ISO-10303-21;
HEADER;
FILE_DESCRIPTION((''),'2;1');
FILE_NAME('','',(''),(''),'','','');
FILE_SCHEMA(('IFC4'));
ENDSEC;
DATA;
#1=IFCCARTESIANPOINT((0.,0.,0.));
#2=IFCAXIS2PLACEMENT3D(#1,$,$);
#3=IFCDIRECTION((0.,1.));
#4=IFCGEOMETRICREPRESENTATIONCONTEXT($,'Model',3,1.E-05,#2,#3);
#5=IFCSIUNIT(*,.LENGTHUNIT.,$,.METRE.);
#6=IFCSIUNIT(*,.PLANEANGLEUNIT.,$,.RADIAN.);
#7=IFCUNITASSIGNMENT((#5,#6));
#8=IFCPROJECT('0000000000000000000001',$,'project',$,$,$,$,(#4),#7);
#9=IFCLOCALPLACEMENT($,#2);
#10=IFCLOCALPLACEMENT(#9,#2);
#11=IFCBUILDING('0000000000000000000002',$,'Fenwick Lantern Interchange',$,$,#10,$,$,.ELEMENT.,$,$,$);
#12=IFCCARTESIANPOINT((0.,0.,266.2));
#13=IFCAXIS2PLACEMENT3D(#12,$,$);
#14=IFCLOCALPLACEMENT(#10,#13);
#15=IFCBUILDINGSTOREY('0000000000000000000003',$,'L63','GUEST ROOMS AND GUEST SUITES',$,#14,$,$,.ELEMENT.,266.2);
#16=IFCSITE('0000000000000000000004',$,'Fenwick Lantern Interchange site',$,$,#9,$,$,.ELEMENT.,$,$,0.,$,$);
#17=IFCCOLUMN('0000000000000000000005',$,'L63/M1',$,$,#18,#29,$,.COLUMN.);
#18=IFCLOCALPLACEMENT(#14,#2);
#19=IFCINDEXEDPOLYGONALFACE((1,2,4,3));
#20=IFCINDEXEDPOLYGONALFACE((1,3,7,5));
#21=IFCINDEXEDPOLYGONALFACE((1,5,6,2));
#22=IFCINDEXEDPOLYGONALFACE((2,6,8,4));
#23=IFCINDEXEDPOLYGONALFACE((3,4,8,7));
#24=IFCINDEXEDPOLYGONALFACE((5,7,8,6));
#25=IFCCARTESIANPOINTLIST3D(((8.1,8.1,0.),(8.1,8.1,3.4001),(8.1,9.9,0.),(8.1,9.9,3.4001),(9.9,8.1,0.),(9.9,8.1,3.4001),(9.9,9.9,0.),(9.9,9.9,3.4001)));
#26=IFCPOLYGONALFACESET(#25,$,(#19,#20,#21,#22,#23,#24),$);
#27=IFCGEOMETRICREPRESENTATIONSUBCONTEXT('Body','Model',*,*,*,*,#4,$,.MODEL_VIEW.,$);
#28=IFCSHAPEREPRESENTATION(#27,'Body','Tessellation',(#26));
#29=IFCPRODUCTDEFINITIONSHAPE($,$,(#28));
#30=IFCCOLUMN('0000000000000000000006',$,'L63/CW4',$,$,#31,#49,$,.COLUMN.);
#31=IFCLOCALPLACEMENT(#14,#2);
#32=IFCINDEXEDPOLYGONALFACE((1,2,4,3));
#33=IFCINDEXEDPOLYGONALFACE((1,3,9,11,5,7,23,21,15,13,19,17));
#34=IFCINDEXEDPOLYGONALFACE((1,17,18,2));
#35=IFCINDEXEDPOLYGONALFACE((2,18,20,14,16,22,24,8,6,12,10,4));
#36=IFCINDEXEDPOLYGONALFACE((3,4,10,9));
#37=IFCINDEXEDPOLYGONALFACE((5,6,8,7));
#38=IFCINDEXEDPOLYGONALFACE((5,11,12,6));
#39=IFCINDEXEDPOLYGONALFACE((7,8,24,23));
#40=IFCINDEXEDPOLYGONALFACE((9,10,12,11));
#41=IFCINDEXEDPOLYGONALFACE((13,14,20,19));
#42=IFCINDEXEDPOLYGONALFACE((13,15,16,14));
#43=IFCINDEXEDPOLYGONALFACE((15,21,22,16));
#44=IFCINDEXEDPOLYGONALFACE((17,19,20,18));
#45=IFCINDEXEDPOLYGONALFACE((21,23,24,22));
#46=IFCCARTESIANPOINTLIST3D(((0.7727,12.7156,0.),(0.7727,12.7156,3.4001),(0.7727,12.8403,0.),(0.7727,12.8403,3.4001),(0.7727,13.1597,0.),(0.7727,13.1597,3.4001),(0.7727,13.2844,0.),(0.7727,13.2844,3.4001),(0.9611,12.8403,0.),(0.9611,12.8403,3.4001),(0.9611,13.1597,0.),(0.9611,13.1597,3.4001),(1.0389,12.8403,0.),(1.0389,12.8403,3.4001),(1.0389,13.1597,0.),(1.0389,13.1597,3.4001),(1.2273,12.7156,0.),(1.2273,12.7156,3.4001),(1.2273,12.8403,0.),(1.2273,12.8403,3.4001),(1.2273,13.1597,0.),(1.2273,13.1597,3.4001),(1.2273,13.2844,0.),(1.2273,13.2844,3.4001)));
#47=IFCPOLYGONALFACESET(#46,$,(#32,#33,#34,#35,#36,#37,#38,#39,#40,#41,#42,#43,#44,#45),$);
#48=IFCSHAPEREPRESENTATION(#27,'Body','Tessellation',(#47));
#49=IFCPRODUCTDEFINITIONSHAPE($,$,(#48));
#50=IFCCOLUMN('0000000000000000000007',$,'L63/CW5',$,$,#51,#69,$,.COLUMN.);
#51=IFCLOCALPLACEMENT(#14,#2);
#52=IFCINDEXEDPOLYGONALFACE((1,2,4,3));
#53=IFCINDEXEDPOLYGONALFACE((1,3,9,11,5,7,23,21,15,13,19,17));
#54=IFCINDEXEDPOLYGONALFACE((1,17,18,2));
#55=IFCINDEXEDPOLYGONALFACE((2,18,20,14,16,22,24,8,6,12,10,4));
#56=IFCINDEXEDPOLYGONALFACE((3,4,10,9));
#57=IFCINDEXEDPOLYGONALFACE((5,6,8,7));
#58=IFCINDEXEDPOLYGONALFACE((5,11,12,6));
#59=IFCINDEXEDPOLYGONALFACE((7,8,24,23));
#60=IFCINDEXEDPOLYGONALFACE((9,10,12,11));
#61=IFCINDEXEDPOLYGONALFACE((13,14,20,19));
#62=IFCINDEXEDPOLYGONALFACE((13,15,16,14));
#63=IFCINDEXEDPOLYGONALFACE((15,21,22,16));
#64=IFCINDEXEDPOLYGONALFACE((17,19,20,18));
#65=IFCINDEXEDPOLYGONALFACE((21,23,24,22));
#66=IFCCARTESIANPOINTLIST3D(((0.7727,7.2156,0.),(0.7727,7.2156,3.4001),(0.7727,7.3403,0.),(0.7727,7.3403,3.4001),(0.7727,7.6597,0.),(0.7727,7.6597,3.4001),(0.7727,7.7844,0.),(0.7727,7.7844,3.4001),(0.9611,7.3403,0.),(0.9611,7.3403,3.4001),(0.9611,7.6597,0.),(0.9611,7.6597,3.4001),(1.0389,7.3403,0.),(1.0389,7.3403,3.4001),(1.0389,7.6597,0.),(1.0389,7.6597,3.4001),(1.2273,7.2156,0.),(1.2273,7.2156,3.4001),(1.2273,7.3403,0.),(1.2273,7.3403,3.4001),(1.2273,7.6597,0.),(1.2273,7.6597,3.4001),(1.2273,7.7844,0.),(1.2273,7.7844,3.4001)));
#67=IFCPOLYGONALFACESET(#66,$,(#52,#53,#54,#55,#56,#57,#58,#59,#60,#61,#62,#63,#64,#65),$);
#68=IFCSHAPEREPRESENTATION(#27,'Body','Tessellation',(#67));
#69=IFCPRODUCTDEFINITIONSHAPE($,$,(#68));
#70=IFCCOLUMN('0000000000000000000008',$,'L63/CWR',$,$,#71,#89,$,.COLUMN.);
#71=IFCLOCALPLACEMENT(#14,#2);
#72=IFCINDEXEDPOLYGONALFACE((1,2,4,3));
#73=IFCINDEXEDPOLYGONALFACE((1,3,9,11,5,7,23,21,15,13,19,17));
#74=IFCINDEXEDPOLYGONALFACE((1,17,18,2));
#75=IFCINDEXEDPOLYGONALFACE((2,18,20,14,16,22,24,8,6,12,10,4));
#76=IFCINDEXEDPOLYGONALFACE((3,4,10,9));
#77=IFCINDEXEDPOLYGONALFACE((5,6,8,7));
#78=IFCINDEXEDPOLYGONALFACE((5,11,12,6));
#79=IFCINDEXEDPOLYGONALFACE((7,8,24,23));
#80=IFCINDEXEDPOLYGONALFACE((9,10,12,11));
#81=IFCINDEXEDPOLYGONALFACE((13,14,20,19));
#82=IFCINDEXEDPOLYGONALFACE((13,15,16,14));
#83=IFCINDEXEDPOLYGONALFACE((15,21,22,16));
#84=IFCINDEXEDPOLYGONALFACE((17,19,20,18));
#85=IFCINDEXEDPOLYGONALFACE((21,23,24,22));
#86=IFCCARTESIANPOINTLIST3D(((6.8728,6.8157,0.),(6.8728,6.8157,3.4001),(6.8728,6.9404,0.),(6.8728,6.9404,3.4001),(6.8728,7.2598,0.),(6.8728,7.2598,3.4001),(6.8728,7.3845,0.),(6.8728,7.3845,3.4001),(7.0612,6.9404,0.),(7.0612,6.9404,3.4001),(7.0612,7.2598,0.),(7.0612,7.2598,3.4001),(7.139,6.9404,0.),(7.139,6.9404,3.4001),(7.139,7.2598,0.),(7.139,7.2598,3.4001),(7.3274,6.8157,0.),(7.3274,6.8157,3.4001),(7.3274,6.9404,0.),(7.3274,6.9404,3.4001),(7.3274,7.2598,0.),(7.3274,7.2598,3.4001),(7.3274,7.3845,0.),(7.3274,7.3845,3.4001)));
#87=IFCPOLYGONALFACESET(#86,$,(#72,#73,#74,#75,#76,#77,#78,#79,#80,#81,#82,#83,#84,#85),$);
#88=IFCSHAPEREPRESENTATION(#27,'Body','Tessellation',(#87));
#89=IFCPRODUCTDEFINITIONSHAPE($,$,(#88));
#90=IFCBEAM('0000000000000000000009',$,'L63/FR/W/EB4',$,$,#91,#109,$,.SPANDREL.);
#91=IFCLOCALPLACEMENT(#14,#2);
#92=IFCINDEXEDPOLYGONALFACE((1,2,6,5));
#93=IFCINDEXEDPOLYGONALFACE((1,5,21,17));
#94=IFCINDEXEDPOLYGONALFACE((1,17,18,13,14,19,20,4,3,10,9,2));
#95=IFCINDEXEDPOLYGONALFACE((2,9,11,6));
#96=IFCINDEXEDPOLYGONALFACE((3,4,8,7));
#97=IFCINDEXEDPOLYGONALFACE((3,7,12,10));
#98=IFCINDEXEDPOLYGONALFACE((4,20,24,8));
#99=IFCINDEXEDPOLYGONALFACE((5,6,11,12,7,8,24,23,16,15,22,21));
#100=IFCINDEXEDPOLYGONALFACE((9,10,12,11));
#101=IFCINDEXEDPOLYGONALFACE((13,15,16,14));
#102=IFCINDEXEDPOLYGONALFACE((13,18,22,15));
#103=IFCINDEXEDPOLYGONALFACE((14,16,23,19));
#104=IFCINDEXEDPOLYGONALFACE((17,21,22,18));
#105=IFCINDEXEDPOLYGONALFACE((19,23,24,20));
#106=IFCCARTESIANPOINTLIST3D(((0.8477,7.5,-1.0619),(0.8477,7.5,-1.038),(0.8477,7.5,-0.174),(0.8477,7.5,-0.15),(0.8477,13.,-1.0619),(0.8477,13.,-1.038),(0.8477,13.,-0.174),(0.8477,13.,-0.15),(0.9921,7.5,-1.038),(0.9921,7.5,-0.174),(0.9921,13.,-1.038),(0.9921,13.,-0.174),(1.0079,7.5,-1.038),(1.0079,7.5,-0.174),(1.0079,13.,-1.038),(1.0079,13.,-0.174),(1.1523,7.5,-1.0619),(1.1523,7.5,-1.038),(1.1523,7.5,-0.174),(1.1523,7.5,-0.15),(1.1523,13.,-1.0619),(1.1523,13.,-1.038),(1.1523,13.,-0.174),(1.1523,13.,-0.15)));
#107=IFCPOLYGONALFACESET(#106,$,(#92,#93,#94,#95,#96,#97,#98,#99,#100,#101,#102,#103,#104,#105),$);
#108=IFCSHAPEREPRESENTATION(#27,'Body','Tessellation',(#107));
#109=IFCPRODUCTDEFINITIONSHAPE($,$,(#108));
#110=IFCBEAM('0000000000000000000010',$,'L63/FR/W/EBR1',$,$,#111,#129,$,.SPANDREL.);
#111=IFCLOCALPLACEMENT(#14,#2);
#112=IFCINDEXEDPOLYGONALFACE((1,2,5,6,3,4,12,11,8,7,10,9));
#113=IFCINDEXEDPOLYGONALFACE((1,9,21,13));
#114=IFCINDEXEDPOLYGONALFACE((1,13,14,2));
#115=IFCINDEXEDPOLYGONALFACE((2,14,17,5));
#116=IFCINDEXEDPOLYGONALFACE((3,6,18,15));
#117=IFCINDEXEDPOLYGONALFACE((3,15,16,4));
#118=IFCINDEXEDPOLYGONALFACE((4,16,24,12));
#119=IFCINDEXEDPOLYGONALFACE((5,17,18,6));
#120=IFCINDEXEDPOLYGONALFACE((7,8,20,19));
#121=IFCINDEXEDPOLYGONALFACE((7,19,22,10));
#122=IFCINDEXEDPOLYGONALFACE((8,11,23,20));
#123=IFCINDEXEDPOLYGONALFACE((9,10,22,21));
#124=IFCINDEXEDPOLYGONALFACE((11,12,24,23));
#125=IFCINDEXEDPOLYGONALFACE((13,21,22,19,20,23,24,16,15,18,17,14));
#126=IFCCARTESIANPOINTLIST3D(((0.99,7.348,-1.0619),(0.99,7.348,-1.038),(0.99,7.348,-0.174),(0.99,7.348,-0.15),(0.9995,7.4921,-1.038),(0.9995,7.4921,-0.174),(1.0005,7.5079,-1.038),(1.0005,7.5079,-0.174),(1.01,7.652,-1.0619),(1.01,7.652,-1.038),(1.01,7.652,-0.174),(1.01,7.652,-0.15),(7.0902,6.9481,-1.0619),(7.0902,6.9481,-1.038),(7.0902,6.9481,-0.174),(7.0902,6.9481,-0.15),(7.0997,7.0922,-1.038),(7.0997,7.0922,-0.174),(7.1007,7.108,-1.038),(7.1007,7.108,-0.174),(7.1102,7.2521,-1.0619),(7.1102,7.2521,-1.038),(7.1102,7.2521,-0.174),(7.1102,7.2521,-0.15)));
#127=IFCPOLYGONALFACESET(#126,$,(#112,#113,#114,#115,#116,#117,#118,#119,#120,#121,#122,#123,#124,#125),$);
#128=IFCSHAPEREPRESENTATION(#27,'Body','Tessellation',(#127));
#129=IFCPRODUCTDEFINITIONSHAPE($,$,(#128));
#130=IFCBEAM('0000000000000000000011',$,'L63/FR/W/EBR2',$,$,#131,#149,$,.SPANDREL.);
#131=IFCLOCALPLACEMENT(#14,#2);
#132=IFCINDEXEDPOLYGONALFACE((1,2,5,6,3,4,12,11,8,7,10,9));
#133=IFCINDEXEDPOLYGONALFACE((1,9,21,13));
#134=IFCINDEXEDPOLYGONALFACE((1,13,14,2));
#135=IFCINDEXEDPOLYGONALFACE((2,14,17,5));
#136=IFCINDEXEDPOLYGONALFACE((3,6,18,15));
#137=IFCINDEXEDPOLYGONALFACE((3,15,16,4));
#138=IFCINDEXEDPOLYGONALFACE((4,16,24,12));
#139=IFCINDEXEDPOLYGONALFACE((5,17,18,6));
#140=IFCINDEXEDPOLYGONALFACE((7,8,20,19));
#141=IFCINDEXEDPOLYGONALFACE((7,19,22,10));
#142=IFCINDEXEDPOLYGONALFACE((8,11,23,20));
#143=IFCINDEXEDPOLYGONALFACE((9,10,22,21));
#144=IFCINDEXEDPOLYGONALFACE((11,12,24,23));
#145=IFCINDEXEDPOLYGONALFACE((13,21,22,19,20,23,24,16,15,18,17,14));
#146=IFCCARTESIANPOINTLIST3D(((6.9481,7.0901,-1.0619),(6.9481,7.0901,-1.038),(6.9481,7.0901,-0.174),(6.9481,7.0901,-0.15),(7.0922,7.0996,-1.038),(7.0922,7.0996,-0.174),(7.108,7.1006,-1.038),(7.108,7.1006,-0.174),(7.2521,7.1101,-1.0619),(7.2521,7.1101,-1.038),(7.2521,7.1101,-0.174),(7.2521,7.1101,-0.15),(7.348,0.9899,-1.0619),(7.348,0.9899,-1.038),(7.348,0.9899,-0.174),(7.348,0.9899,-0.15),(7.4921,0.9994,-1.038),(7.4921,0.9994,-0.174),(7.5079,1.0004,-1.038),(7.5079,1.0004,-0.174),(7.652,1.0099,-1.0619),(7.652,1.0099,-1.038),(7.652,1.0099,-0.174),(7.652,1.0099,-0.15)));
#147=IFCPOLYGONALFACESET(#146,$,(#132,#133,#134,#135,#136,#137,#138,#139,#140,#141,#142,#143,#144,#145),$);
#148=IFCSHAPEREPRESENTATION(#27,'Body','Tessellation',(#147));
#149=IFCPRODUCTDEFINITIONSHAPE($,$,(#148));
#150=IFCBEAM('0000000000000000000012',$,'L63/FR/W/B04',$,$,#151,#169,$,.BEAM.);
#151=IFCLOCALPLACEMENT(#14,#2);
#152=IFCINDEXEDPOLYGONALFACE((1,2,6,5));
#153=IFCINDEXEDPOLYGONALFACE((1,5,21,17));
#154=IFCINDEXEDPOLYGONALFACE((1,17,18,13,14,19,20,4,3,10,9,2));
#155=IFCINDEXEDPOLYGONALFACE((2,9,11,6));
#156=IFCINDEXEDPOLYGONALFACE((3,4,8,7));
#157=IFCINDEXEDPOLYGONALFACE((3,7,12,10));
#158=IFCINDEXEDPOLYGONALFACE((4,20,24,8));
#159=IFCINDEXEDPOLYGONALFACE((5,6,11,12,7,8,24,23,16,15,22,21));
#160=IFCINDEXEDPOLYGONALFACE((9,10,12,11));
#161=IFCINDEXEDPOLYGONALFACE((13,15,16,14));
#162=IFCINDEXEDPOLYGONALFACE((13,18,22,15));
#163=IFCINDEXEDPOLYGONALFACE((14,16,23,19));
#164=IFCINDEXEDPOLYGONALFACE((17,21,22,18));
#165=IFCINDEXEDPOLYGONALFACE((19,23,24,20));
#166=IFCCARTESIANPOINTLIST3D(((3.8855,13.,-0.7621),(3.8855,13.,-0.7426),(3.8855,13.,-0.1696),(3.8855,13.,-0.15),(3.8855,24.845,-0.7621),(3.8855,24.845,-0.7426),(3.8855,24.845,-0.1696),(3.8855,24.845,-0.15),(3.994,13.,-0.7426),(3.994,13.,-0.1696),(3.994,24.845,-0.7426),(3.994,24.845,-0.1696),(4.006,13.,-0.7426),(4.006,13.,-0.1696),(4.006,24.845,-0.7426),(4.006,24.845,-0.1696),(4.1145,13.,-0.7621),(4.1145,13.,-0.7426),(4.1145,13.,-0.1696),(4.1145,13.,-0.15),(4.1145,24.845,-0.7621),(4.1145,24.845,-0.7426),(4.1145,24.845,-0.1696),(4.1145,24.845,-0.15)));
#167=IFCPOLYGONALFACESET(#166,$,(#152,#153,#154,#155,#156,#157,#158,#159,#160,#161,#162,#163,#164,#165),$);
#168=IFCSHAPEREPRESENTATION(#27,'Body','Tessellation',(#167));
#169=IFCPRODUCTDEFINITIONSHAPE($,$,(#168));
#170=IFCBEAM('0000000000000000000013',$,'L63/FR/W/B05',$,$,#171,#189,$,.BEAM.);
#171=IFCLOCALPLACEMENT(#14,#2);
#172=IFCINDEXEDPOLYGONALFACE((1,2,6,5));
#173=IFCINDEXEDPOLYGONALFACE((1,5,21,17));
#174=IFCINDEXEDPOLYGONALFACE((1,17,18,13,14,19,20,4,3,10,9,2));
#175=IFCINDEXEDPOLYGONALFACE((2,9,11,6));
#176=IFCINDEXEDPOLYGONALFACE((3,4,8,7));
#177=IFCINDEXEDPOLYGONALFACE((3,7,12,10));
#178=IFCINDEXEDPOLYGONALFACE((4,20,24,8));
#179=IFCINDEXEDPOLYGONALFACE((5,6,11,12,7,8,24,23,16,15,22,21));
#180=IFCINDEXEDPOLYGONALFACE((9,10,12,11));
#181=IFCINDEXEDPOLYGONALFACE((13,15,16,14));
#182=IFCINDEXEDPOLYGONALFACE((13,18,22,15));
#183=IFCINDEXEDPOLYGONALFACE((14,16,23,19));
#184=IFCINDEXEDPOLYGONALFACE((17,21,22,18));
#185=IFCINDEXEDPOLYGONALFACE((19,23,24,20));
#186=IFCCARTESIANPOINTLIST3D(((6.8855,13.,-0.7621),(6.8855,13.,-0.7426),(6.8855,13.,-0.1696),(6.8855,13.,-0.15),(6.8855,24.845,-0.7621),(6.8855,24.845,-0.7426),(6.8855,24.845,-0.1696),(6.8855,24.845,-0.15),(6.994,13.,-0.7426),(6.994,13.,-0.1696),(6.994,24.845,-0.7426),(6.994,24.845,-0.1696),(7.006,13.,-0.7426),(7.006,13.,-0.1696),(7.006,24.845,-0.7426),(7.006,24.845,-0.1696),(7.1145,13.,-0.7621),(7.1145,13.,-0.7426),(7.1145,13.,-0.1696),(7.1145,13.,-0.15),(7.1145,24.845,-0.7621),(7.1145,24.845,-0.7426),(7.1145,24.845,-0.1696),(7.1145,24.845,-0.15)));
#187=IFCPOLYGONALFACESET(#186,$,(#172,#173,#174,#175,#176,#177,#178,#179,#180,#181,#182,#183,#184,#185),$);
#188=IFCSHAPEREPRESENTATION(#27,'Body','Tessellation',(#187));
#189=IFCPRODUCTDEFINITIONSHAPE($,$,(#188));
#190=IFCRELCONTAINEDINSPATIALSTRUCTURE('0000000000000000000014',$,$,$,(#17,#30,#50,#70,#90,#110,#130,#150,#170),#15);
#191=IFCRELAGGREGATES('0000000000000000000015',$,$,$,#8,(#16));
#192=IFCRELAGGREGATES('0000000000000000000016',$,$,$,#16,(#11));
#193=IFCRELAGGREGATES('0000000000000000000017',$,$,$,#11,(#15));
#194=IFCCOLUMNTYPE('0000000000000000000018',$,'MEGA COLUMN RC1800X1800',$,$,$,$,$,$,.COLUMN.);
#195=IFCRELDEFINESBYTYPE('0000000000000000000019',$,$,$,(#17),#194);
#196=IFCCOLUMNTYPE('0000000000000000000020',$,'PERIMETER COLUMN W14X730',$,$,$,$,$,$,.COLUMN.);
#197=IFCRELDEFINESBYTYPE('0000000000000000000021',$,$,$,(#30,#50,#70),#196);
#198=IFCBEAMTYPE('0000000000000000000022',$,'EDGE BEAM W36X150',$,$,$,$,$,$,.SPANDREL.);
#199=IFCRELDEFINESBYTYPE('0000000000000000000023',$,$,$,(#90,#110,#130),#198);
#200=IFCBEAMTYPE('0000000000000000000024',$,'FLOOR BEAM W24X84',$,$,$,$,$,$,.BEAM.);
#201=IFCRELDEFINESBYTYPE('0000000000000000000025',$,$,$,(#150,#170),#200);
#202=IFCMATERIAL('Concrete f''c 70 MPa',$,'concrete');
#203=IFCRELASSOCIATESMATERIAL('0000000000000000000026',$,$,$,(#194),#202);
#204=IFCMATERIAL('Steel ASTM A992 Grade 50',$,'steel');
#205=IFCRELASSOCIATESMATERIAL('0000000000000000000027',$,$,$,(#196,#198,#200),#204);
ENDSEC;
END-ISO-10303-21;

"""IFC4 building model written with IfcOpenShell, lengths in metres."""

from ifc_helpers import new_model, si_unit, direction, frame, origin, origin_2d, place, context, subcontext, project, spatial, rectangle, i_section, extrude, material, material_profile, profile_set, type_object, element, save


model = new_model("IFC4")

# Units and contexts
model_context = context("Model", 3, precision=1e-05, world=origin(), true_north=direction((0.0, 1.0)))
body_context = subcontext(model_context, "Body", "Model", "MODEL_VIEW")
ifc_project = project(units=[si_unit("LENGTHUNIT", "METRE"), si_unit("PLANEANGLEUNIT", "RADIAN")], contexts=[model_context])

# Site, building, storey
site_placement = place(None, origin())
site = spatial("IfcSite", under=ifc_project, at=site_placement, Name="Fenwick Lantern Interchange site", CompositionType="ELEMENT", RefElevation=0.0)
building_placement = place(site_placement, origin())
building = spatial("IfcBuilding", under=site, at=building_placement, Name="Fenwick Lantern Interchange", CompositionType="ELEMENT")
storey_placement = place(building_placement, frame((0.0, 0.0, 266.2)))
storey = spatial("IfcBuildingStorey", under=building, at=storey_placement, Name="L63", Description="GUEST ROOMS AND GUEST SUITES", CompositionType="ELEMENT", Elevation=266.2)

# Columns
ifc_material_1 = material(Name="Concrete f'c 70 MPa", Category="concrete")
ifc_material_profile_1 = material_profile(ifc_material_1, rectangle(XDim=1.8, YDim=1.8, at=origin_2d()), Name="RC1800X1800")
ifc_profile_set_1 = profile_set([ifc_material_profile_1], Name="Concrete f'c 70 MPa")
column_type_1 = type_object("IfcColumnType", Name="MEGA COLUMN RC1800X1800", PredefinedType="COLUMN", material=ifc_profile_set_1)
column_placement = place(storey_placement, frame((9.0, 9.0, 0.0), z_axis=(0.0, 0.0, 1.0), x_axis=(1.0, 0.0, 0.0)))
element("IfcColumn", 1, at=column_placement, inside=storey, type_object=column_type_1, Name="L63/M1", PredefinedType="COLUMN", context=body_context, shape_type="SweptSolid", body=[
    extrude(rectangle(XDim=1.8, YDim=1.8, at=origin_2d()), origin(), (0.0, 0.0, 1.0), 3.4001),
])
ifc_material_2 = material(Name="Steel ASTM A992 Grade 50", Category="steel")
ifc_material_profile_2 = material_profile(ifc_material_2, i_section(OverallWidth=0.4546, OverallDepth=0.5688, WebThickness=0.0779, FlangeThickness=0.1248, at=origin_2d()), Name="W14X730")
ifc_profile_set_2 = profile_set([ifc_material_profile_2], Name="Steel ASTM A992 Grade 50")
column_type_2 = type_object("IfcColumnType", Name="PERIMETER COLUMN W14X730", PredefinedType="COLUMN", material=ifc_profile_set_2)
for number, where, z_axis, x_axis, name in (
    (2, (1.0, 13.0, 0.0), (0.0, 0.0, 1.0), (1.0, 0.0, 0.0), "L63/CW4"),
    (3, (1.0, 7.5, 0.0), (0.0, 0.0, 1.0), (1.0, 0.0, 0.0), "L63/CW5"),
    (4, (7.1001, 7.1001, 0.0), (0.0, 0.0, 1.0), (1.0, 0.0, 0.0), "L63/CWR"),
):
    element("IfcColumn", number, at=place(storey_placement, frame(where, z_axis=z_axis, x_axis=x_axis)), inside=storey, type_object=column_type_2, Name=name, PredefinedType="COLUMN", context=body_context, shape_type="SweptSolid", body=[
        extrude(i_section(OverallWidth=0.4546, OverallDepth=0.5688, WebThickness=0.0779, FlangeThickness=0.1248, at=origin_2d()), origin(), (0.0, 0.0, 1.0), 3.4001),
    ])

# Beams
ifc_material_profile_3 = material_profile(ifc_material_2, i_section(OverallWidth=0.3047, OverallDepth=0.9119, WebThickness=0.0159, FlangeThickness=0.0239, at=origin_2d()), Name="W36X150")
ifc_profile_set_3 = profile_set([ifc_material_profile_3], Name="Steel ASTM A992 Grade 50")
beam_type_1 = type_object("IfcBeamType", Name="EDGE BEAM W36X150", PredefinedType="SPANDREL", material=ifc_profile_set_3)
beam_1_placement = place(storey_placement, frame((1.0, 13.0, -0.606), z_axis=(0.0, -1.0, 0.0), x_axis=(1.0, 0.0, 0.0)))
element("IfcBeam", 5, at=beam_1_placement, inside=storey, type_object=beam_type_1, Name="L63/FR/W/EB4", PredefinedType="SPANDREL", context=body_context, shape_type="SweptSolid", body=[
    extrude(i_section(OverallWidth=0.3047, OverallDepth=0.9119, WebThickness=0.0159, FlangeThickness=0.0239, at=origin_2d()), origin(), (0.0, 0.0, 1.0), 5.5),
])
for number, where, z_axis, x_axis, name in (
    (6, (1.0, 7.5, -0.606), (0.997858, -0.065416, 0.0), (0.065416, 0.997858, 0.0), "L63/FR/W/EBR1"),
    (7, (7.1001, 7.1001, -0.606), (0.065416, -0.997858, 0.0), (0.997858, 0.065416, 0.0), "L63/FR/W/EBR2"),
):
    element("IfcBeam", number, at=place(storey_placement, frame(where, z_axis=z_axis, x_axis=x_axis)), inside=storey, type_object=beam_type_1, Name=name, PredefinedType="SPANDREL", context=body_context, shape_type="SweptSolid", body=[
        extrude(i_section(OverallWidth=0.3047, OverallDepth=0.9119, WebThickness=0.0159, FlangeThickness=0.0239, at=origin_2d()), origin(), (0.0, 0.0, 1.0), 6.1133),
    ])
ifc_material_profile_4 = material_profile(ifc_material_2, i_section(OverallWidth=0.229, OverallDepth=0.6121, WebThickness=0.012, FlangeThickness=0.0195, at=origin_2d()), Name="W24X84")
ifc_profile_set_4 = profile_set([ifc_material_profile_4], Name="Steel ASTM A992 Grade 50")
beam_type_2 = type_object("IfcBeamType", Name="FLOOR BEAM W24X84", PredefinedType="BEAM", material=ifc_profile_set_4)
for number, where, z_axis, x_axis, name in (
    (8, (4.0, 24.845, -0.4561), (0.0, -1.0, 0.0), (1.0, 0.0, 0.0), "L63/FR/W/B04"),
    (9, (7.0, 24.845, -0.4561), (0.0, -1.0, 0.0), (1.0, 0.0, 0.0), "L63/FR/W/B05"),
):
    element("IfcBeam", number, at=place(storey_placement, frame(where, z_axis=z_axis, x_axis=x_axis)), inside=storey, type_object=beam_type_2, Name=name, PredefinedType="BEAM", context=body_context, shape_type="SweptSolid", body=[
        extrude(i_section(OverallWidth=0.229, OverallDepth=0.6121, WebThickness=0.012, FlangeThickness=0.0195, at=origin_2d()), origin(), (0.0, 0.0, 1.0), 11.845),
    ])

save(model, "model.ifc")
